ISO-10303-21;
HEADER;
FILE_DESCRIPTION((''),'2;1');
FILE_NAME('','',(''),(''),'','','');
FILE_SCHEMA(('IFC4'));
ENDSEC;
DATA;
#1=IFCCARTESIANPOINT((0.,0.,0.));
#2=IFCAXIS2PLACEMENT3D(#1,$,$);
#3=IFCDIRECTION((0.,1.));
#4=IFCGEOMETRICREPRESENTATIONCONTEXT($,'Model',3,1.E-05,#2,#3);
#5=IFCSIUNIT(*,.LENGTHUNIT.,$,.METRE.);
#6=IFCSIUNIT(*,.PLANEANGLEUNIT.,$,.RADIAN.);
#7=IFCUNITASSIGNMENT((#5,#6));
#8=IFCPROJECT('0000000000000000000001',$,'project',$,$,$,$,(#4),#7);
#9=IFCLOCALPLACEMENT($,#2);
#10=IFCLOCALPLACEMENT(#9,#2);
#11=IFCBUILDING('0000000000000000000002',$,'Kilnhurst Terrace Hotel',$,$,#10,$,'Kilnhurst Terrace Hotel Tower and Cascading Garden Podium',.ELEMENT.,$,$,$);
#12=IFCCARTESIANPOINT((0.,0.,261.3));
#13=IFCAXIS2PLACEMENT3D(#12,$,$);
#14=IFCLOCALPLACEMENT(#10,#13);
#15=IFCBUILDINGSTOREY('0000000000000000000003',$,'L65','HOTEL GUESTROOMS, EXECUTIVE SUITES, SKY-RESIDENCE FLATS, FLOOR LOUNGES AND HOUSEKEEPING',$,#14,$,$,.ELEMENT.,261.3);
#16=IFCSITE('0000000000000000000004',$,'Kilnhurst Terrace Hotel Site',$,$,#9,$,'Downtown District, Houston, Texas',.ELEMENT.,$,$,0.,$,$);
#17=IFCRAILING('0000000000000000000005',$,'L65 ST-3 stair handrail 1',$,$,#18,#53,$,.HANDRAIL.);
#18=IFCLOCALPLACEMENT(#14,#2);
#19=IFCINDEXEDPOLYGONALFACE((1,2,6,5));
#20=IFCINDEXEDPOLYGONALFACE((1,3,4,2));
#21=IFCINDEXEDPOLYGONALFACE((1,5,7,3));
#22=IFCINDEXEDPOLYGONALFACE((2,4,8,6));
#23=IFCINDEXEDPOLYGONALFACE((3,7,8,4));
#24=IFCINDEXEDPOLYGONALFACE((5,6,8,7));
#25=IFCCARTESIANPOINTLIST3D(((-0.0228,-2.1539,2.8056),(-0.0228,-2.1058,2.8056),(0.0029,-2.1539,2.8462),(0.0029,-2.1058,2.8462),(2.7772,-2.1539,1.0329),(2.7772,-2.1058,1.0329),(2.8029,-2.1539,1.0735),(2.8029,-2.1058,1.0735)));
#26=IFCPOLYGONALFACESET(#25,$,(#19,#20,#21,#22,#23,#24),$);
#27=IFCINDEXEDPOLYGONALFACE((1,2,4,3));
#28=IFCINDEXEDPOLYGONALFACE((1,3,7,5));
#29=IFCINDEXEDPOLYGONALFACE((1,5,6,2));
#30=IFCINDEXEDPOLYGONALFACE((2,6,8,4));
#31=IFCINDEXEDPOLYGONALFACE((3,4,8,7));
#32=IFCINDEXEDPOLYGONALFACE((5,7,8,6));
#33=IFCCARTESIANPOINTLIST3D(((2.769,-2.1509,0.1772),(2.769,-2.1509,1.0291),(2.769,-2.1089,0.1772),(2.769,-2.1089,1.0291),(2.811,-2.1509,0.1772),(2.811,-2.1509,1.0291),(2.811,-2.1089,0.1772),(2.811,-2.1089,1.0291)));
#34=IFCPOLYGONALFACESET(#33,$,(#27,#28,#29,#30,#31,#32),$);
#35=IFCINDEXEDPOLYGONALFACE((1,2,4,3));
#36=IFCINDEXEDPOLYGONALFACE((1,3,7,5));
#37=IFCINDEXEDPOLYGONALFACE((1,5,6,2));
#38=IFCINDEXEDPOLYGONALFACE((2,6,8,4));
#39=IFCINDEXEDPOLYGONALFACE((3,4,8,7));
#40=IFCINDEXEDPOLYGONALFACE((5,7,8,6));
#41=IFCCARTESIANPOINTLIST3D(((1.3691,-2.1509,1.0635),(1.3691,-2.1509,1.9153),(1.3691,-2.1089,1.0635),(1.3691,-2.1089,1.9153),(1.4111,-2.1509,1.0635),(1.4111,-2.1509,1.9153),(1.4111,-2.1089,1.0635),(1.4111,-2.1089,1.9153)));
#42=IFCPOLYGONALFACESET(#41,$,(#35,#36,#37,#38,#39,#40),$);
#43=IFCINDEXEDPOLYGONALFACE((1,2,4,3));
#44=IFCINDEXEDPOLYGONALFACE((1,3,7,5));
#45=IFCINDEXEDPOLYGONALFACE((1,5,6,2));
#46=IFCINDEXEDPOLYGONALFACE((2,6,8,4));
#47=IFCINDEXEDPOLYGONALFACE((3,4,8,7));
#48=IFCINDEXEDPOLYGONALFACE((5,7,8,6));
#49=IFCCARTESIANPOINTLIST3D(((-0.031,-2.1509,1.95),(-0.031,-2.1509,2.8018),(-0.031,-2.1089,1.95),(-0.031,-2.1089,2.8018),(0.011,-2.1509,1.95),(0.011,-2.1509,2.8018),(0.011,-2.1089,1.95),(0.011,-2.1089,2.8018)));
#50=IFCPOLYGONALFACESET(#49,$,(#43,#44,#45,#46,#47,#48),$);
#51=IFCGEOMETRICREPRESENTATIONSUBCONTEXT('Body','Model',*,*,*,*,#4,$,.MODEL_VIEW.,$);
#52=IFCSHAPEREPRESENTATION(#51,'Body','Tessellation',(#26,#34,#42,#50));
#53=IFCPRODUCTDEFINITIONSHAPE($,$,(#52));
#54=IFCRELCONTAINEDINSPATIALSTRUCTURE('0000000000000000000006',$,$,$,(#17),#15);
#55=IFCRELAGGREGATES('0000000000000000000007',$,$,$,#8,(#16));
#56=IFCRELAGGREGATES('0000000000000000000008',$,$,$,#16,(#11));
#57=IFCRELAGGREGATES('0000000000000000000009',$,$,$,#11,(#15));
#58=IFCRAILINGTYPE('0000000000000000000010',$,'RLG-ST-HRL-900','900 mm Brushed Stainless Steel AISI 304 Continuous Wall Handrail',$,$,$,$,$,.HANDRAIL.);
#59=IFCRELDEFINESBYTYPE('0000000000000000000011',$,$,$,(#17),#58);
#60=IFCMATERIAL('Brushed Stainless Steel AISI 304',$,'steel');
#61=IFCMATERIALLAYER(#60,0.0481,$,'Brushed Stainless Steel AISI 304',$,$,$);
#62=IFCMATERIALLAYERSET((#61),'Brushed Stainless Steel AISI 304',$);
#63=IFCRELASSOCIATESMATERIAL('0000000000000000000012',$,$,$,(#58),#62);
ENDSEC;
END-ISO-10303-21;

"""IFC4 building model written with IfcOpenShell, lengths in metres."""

from ifc_helpers import new_model, si_unit, direction, frame, origin, origin_2d, place, context, subcontext, project, spatial, rectangle, extrude, material, layer, layer_set, type_object, element, save


model = new_model("IFC4")

# Units and contexts
model_context = context("Model", 3, precision=1e-05, world=origin(), true_north=direction((0.0, 1.0)))
body_context = subcontext(model_context, "Body", "Model", "MODEL_VIEW")
ifc_project = project(units=[si_unit("LENGTHUNIT", "METRE"), si_unit("PLANEANGLEUNIT", "RADIAN")], contexts=[model_context])

# Site, building, storey
site_placement = place(None, origin())
site = spatial("IfcSite", under=ifc_project, at=site_placement, Name="Kilnhurst Terrace Hotel Site", LongName="Downtown District, Houston, Texas", CompositionType="ELEMENT", RefElevation=0.0)
building_placement = place(site_placement, origin())
building = spatial("IfcBuilding", under=site, at=building_placement, Name="Kilnhurst Terrace Hotel", LongName="Kilnhurst Terrace Hotel Tower and Cascading Garden Podium", CompositionType="ELEMENT")
storey_placement = place(building_placement, frame((0.0, 0.0, 261.3)))
storey = spatial("IfcBuildingStorey", under=building, at=storey_placement, Name="L65", Description="HOTEL GUESTROOMS, EXECUTIVE SUITES, SKY-RESIDENCE FLATS, FLOOR LOUNGES AND HOUSEKEEPING", CompositionType="ELEMENT", Elevation=261.3)

# Railing
ifc_material_1 = material(Name="Brushed Stainless Steel AISI 304", Category="steel")
ifc_layer_1 = layer(ifc_material_1, 0.0481, Name="Brushed Stainless Steel AISI 304")
ifc_layer_set_1 = layer_set([ifc_layer_1], Name="Brushed Stainless Steel AISI 304")
railing_type_1 = type_object("IfcRailingType", Name="RLG-ST-HRL-900", Description="900 mm Brushed Stainless Steel AISI 304 Continuous Wall Handrail", PredefinedType="HANDRAIL", material=ifc_layer_set_1)
railing_1_placement = place(storey_placement, frame((2.79, -2.1299, 0.1772)))
element("IfcRailing", 1, at=railing_1_placement, inside=storey, type_object=railing_type_1, Name="L65 ST-3 stair handrail 1", PredefinedType="HANDRAIL", context=body_context, shape_type="SweptSolid", body=[
    extrude(rectangle(XDim=0.0481, YDim=0.0481, at=origin_2d()), frame((0.0, 0.0, 0.876), z_axis=(-0.844909, 0.0, 0.53491), x_axis=(0.0, -1.0, 0.0)), (0.0, 0.0, 1.0), 3.314),
    extrude(rectangle(XDim=0.042, YDim=0.042, at=origin_2d()), origin(), (0.0, 0.0, 1.0), 0.8518),
    extrude(rectangle(XDim=0.042, YDim=0.042, at=origin_2d()), frame((-1.3999, 0.0, 0.8862)), (0.0, 0.0, 1.0), 0.8518),
    extrude(rectangle(XDim=0.042, YDim=0.042, at=origin_2d()), frame((-2.8, 0.0, 1.7727)), (0.0, 0.0, 1.0), 0.8518),
])

save(model, "model.ifc")
